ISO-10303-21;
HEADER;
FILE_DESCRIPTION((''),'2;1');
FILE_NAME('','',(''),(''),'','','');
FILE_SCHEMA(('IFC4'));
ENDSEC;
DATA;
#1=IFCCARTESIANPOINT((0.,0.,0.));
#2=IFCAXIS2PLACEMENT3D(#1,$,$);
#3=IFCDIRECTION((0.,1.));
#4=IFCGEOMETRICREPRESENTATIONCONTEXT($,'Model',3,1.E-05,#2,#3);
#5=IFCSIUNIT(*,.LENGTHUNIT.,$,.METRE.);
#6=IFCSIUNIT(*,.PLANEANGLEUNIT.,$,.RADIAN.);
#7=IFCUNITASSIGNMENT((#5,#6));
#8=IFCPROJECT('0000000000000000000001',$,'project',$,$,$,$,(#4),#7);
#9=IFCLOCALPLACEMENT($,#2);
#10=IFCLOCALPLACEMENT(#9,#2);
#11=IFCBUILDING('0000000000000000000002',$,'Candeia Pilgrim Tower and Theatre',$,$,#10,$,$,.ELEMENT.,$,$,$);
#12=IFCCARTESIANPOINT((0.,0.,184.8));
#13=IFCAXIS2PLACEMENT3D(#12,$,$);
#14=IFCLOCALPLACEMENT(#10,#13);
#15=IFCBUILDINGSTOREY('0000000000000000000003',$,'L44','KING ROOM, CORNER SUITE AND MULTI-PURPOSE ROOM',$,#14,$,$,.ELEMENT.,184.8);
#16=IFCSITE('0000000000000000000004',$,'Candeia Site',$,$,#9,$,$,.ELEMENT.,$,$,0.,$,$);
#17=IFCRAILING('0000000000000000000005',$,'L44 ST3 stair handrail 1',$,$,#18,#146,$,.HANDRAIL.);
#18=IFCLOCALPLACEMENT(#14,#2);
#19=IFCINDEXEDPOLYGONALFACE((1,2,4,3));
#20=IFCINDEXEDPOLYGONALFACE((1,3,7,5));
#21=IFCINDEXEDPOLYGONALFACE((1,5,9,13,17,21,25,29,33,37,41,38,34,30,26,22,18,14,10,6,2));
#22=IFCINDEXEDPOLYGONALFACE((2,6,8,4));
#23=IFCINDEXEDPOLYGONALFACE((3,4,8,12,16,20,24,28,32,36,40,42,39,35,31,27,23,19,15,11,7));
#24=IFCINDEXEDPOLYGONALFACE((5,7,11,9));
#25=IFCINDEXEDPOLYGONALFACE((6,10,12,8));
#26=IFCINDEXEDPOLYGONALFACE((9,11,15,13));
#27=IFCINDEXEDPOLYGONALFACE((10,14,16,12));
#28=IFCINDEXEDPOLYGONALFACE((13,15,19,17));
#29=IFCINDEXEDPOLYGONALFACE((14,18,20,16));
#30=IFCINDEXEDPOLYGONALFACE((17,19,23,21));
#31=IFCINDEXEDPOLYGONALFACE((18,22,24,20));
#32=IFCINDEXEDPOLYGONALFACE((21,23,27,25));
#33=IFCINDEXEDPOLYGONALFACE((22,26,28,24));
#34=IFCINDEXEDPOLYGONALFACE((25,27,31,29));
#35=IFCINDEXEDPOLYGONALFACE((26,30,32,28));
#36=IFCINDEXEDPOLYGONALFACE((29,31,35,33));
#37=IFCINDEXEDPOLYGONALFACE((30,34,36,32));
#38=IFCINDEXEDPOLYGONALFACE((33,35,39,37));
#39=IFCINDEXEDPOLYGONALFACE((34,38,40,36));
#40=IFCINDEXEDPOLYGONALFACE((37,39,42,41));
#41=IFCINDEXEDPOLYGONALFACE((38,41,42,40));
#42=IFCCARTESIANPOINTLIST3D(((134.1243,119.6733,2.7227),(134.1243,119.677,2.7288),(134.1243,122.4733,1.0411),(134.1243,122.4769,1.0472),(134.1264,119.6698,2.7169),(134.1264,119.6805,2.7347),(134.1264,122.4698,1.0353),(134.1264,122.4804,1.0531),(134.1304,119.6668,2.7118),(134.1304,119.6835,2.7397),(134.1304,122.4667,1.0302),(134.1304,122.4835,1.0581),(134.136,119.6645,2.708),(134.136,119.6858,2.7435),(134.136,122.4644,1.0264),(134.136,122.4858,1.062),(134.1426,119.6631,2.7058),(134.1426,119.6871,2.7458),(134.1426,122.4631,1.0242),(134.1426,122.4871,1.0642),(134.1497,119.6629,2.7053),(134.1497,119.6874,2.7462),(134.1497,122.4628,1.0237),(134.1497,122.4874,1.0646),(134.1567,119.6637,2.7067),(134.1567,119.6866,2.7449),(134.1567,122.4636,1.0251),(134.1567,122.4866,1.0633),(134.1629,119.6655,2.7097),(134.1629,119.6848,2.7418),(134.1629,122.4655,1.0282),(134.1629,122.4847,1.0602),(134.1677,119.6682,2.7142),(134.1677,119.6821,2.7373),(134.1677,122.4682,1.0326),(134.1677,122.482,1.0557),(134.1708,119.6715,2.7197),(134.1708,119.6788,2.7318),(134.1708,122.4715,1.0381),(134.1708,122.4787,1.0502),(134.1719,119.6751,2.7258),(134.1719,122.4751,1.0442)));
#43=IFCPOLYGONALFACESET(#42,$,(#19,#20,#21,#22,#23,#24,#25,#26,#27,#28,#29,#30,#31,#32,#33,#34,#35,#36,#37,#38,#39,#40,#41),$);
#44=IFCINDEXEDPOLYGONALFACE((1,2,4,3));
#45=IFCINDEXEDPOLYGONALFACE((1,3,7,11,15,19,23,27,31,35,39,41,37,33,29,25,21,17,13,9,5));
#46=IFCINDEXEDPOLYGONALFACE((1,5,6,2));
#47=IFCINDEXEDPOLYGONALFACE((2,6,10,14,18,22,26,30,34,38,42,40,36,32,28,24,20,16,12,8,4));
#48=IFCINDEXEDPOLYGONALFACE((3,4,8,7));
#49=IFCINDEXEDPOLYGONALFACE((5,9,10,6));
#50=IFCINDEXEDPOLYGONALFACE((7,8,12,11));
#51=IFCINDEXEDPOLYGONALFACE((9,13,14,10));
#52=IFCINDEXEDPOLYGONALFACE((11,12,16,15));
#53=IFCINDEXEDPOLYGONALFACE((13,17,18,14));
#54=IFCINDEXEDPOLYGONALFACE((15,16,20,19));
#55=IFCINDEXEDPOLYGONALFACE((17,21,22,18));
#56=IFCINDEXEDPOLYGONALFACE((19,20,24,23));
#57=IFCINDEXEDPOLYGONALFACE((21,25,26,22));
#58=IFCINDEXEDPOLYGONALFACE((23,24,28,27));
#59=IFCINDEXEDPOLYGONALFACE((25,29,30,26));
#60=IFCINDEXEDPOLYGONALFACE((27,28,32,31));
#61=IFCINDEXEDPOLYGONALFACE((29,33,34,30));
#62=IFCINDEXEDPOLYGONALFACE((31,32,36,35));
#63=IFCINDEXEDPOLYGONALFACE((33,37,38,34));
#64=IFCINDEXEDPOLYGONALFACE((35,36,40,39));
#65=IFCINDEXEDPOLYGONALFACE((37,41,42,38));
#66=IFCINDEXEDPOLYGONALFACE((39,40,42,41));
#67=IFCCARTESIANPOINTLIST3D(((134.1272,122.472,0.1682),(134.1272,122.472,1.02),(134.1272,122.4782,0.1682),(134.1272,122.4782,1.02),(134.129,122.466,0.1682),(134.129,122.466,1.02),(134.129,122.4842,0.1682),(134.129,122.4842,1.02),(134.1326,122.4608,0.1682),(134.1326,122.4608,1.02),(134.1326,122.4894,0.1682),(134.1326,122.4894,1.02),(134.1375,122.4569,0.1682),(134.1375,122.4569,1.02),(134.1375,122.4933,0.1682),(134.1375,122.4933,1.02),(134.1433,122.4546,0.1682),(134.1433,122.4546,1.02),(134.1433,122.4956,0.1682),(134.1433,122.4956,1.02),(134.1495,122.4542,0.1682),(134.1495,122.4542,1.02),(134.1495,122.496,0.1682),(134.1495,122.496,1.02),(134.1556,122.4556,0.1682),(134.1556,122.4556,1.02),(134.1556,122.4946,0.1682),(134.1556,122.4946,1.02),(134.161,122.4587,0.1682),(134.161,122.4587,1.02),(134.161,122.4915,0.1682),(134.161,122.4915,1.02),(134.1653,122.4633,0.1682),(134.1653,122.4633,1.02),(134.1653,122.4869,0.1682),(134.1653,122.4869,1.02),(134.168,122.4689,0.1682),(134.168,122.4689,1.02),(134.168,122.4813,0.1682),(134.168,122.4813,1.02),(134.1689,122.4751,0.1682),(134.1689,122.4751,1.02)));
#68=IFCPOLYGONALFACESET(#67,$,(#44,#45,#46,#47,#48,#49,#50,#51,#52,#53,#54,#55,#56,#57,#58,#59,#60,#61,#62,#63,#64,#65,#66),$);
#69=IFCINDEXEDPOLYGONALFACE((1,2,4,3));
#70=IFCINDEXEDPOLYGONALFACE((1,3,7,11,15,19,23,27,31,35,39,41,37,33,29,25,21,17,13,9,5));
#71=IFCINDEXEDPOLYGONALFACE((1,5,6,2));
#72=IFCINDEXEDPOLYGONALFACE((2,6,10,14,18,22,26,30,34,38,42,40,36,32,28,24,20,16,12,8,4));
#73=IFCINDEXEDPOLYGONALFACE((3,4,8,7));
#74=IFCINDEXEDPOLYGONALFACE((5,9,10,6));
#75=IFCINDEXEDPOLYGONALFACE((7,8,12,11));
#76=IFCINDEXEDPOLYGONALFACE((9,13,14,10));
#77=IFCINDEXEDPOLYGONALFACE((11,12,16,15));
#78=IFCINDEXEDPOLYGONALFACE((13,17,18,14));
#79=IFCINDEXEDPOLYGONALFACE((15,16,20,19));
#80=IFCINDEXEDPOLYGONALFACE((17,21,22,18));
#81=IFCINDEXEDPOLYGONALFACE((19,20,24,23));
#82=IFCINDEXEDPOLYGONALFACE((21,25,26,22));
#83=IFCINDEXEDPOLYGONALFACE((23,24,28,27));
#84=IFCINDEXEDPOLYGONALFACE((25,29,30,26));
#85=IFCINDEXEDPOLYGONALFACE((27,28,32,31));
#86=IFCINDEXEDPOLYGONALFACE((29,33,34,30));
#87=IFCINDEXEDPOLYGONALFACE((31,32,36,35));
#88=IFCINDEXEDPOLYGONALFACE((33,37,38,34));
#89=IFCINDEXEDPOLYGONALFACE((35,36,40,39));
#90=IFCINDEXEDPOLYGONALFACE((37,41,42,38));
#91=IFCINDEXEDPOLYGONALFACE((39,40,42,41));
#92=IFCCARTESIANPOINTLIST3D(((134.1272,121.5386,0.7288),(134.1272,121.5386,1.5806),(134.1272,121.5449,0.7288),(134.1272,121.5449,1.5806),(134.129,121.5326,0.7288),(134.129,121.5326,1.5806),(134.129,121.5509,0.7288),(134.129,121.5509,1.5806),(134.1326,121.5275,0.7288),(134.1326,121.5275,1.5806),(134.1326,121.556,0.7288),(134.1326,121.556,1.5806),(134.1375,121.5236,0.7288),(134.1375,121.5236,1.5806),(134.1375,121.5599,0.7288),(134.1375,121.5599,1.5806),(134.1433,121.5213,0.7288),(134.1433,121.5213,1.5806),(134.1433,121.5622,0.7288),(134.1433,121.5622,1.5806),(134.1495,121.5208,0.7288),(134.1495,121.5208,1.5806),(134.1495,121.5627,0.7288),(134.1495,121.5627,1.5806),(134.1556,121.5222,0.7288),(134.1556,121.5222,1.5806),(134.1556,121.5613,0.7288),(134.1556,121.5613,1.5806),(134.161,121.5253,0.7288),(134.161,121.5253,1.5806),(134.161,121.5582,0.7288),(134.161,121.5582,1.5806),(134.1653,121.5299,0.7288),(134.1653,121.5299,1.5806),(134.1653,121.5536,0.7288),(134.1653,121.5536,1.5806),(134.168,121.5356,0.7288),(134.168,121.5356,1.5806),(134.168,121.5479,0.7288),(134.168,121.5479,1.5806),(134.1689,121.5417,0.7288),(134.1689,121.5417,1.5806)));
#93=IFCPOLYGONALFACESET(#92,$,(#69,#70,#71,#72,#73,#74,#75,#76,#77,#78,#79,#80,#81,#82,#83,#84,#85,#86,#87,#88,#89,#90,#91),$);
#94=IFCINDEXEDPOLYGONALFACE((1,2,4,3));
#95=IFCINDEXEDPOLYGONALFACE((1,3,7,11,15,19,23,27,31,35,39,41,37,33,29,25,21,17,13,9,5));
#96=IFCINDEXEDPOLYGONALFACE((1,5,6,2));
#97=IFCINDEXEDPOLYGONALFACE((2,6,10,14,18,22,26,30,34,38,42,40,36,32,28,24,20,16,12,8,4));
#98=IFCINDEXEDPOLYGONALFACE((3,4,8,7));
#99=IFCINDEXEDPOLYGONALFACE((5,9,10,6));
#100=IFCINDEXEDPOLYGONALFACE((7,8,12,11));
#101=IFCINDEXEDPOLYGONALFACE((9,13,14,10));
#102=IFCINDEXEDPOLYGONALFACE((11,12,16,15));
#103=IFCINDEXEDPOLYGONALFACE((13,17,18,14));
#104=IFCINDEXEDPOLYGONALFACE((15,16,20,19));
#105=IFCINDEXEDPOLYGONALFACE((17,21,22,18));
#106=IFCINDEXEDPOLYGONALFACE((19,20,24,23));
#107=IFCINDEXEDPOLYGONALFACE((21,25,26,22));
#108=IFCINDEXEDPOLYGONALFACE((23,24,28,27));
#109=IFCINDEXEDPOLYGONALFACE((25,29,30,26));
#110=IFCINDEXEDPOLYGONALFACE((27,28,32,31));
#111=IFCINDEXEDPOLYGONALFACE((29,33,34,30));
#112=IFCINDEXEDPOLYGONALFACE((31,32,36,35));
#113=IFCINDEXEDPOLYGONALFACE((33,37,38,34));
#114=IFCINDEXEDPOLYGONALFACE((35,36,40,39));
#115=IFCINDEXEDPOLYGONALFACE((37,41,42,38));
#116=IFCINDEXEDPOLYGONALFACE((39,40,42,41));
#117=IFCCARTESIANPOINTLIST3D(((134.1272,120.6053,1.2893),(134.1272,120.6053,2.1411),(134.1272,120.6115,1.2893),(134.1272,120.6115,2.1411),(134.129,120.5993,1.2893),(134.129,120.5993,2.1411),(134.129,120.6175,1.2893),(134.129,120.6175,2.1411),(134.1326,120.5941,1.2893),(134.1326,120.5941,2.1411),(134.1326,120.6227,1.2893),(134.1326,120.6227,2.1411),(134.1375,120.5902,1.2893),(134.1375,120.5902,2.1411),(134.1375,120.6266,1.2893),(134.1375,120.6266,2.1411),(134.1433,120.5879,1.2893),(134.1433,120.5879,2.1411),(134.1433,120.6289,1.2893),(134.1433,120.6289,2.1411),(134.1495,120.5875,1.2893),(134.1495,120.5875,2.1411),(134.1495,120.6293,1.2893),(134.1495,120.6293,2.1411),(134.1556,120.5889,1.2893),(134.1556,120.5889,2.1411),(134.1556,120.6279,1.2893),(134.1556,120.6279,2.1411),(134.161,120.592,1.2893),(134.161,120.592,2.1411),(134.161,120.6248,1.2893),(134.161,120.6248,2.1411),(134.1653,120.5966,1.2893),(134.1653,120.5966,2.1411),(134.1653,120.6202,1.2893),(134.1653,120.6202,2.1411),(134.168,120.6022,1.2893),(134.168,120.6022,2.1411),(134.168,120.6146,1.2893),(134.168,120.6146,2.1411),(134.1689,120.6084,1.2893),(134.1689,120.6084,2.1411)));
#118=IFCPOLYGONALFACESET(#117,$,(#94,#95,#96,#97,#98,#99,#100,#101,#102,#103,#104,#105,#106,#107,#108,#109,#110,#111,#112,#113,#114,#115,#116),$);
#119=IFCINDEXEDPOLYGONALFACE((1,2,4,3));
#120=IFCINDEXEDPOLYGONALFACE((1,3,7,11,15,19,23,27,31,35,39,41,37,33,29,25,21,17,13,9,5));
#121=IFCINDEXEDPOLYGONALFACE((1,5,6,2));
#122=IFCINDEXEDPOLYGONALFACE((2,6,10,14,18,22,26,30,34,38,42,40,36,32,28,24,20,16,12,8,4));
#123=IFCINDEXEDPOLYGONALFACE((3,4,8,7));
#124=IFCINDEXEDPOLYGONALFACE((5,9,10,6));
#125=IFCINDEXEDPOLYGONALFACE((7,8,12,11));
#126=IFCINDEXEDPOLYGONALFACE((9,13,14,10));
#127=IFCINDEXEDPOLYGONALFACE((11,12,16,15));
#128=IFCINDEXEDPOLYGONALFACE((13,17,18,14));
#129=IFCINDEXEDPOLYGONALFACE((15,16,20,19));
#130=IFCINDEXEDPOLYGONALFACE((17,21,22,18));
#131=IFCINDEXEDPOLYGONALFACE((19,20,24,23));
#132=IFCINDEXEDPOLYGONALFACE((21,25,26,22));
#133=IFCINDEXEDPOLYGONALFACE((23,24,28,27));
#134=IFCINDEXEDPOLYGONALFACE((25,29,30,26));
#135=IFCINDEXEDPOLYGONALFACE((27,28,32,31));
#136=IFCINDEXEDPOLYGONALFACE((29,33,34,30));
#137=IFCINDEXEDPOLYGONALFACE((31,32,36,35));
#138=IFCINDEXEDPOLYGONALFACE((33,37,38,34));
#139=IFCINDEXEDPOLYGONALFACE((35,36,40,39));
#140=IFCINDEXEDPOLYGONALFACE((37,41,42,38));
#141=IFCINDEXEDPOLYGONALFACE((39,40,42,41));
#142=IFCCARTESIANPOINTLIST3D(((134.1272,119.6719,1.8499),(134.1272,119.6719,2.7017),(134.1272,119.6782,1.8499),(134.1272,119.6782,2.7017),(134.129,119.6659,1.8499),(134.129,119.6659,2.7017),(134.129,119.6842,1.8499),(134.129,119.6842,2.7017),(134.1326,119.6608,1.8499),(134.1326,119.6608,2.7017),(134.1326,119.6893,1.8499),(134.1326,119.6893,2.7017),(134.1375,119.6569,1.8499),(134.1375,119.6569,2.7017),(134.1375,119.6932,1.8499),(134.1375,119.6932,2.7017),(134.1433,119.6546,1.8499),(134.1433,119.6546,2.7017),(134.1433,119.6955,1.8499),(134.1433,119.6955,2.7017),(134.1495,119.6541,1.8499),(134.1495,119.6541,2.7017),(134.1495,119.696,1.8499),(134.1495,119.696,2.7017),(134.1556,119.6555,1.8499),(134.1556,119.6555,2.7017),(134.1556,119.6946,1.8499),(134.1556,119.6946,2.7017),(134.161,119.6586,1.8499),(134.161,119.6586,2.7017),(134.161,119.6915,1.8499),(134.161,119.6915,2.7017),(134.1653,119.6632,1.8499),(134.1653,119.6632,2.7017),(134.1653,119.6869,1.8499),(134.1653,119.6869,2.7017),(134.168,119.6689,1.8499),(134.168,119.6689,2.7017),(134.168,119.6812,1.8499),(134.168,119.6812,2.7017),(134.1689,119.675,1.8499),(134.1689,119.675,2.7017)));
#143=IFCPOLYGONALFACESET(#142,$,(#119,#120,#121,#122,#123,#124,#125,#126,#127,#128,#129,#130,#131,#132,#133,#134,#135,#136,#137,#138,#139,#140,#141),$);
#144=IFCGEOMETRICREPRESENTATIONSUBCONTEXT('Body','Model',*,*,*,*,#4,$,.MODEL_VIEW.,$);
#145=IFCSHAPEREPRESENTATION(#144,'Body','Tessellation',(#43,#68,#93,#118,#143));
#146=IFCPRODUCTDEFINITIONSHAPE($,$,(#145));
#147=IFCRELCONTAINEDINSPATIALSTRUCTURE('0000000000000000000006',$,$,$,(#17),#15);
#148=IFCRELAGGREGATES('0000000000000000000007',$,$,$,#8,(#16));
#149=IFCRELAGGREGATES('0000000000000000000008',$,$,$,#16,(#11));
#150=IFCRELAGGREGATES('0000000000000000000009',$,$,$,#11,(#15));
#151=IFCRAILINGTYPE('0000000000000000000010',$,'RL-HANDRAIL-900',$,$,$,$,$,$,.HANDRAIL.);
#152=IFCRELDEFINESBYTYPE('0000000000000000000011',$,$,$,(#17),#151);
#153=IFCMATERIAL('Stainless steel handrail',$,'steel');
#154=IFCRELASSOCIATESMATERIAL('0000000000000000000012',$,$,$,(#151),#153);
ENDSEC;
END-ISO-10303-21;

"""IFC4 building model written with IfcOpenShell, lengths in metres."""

from ifc_helpers import new_model, si_unit, direction, frame, origin, origin_2d, place, context, subcontext, project, spatial, circle, extrude, material, type_object, element, save


model = new_model("IFC4")

# Units and contexts
model_context = context("Model", 3, precision=1e-05, world=origin(), true_north=direction((0.0, 1.0)))
body_context = subcontext(model_context, "Body", "Model", "MODEL_VIEW")
ifc_project = project(units=[si_unit("LENGTHUNIT", "METRE"), si_unit("PLANEANGLEUNIT", "RADIAN")], contexts=[model_context])

# Site, building, storey
site_placement = place(None, origin())
site = spatial("IfcSite", under=ifc_project, at=site_placement, Name="Candeia Site", CompositionType="ELEMENT", RefElevation=0.0)
building_placement = place(site_placement, origin())
building = spatial("IfcBuilding", under=site, at=building_placement, Name="Candeia Pilgrim Tower and Theatre", CompositionType="ELEMENT")
storey_placement = place(building_placement, frame((0.0, 0.0, 184.8)))
storey = spatial("IfcBuildingStorey", under=building, at=storey_placement, Name="L44", Description="KING ROOM, CORNER SUITE AND MULTI-PURPOSE ROOM", CompositionType="ELEMENT", Elevation=184.8)

# Railing
ifc_material_1 = material(Name="Stainless steel handrail", Category="steel")
railing_type_1 = type_object("IfcRailingType", Name="RL-HANDRAIL-900", PredefinedType="HANDRAIL", material=ifc_material_1)
railing_1_placement = place(storey_placement, frame((134.1479, 122.4751, 0.1682)))
element("IfcRailing", 1, at=railing_1_placement, inside=storey, type_object=railing_type_1, Name="L44 ST3 stair handrail 1", PredefinedType="HANDRAIL", context=body_context, shape_type="SweptSolid", body=[
    extrude(circle(Radius=0.0239, at=origin_2d()), frame((0.0, 0.0, 0.876), z_axis=(0.0, -0.857275, 0.514858), x_axis=(1.0, 0.0, 0.0)), (0.0, 0.0, 1.0), 3.2661),
    extrude(circle(Radius=0.021, at=origin_2d()), origin(), (0.0, 0.0, 1.0), 0.8518),
    extrude(circle(Radius=0.021, at=origin_2d()), frame((0.0, -0.9333, 0.5605)), (0.0, 0.0, 1.0), 0.8518),
    extrude(circle(Radius=0.021, at=origin_2d()), frame((0.0, -1.8667, 1.1211)), (0.0, 0.0, 1.0), 0.8518),
    extrude(circle(Radius=0.021, at=origin_2d()), frame((0.0, -2.8, 1.6816)), (0.0, 0.0, 1.0), 0.8518),
])

save(model, "model.ifc")
